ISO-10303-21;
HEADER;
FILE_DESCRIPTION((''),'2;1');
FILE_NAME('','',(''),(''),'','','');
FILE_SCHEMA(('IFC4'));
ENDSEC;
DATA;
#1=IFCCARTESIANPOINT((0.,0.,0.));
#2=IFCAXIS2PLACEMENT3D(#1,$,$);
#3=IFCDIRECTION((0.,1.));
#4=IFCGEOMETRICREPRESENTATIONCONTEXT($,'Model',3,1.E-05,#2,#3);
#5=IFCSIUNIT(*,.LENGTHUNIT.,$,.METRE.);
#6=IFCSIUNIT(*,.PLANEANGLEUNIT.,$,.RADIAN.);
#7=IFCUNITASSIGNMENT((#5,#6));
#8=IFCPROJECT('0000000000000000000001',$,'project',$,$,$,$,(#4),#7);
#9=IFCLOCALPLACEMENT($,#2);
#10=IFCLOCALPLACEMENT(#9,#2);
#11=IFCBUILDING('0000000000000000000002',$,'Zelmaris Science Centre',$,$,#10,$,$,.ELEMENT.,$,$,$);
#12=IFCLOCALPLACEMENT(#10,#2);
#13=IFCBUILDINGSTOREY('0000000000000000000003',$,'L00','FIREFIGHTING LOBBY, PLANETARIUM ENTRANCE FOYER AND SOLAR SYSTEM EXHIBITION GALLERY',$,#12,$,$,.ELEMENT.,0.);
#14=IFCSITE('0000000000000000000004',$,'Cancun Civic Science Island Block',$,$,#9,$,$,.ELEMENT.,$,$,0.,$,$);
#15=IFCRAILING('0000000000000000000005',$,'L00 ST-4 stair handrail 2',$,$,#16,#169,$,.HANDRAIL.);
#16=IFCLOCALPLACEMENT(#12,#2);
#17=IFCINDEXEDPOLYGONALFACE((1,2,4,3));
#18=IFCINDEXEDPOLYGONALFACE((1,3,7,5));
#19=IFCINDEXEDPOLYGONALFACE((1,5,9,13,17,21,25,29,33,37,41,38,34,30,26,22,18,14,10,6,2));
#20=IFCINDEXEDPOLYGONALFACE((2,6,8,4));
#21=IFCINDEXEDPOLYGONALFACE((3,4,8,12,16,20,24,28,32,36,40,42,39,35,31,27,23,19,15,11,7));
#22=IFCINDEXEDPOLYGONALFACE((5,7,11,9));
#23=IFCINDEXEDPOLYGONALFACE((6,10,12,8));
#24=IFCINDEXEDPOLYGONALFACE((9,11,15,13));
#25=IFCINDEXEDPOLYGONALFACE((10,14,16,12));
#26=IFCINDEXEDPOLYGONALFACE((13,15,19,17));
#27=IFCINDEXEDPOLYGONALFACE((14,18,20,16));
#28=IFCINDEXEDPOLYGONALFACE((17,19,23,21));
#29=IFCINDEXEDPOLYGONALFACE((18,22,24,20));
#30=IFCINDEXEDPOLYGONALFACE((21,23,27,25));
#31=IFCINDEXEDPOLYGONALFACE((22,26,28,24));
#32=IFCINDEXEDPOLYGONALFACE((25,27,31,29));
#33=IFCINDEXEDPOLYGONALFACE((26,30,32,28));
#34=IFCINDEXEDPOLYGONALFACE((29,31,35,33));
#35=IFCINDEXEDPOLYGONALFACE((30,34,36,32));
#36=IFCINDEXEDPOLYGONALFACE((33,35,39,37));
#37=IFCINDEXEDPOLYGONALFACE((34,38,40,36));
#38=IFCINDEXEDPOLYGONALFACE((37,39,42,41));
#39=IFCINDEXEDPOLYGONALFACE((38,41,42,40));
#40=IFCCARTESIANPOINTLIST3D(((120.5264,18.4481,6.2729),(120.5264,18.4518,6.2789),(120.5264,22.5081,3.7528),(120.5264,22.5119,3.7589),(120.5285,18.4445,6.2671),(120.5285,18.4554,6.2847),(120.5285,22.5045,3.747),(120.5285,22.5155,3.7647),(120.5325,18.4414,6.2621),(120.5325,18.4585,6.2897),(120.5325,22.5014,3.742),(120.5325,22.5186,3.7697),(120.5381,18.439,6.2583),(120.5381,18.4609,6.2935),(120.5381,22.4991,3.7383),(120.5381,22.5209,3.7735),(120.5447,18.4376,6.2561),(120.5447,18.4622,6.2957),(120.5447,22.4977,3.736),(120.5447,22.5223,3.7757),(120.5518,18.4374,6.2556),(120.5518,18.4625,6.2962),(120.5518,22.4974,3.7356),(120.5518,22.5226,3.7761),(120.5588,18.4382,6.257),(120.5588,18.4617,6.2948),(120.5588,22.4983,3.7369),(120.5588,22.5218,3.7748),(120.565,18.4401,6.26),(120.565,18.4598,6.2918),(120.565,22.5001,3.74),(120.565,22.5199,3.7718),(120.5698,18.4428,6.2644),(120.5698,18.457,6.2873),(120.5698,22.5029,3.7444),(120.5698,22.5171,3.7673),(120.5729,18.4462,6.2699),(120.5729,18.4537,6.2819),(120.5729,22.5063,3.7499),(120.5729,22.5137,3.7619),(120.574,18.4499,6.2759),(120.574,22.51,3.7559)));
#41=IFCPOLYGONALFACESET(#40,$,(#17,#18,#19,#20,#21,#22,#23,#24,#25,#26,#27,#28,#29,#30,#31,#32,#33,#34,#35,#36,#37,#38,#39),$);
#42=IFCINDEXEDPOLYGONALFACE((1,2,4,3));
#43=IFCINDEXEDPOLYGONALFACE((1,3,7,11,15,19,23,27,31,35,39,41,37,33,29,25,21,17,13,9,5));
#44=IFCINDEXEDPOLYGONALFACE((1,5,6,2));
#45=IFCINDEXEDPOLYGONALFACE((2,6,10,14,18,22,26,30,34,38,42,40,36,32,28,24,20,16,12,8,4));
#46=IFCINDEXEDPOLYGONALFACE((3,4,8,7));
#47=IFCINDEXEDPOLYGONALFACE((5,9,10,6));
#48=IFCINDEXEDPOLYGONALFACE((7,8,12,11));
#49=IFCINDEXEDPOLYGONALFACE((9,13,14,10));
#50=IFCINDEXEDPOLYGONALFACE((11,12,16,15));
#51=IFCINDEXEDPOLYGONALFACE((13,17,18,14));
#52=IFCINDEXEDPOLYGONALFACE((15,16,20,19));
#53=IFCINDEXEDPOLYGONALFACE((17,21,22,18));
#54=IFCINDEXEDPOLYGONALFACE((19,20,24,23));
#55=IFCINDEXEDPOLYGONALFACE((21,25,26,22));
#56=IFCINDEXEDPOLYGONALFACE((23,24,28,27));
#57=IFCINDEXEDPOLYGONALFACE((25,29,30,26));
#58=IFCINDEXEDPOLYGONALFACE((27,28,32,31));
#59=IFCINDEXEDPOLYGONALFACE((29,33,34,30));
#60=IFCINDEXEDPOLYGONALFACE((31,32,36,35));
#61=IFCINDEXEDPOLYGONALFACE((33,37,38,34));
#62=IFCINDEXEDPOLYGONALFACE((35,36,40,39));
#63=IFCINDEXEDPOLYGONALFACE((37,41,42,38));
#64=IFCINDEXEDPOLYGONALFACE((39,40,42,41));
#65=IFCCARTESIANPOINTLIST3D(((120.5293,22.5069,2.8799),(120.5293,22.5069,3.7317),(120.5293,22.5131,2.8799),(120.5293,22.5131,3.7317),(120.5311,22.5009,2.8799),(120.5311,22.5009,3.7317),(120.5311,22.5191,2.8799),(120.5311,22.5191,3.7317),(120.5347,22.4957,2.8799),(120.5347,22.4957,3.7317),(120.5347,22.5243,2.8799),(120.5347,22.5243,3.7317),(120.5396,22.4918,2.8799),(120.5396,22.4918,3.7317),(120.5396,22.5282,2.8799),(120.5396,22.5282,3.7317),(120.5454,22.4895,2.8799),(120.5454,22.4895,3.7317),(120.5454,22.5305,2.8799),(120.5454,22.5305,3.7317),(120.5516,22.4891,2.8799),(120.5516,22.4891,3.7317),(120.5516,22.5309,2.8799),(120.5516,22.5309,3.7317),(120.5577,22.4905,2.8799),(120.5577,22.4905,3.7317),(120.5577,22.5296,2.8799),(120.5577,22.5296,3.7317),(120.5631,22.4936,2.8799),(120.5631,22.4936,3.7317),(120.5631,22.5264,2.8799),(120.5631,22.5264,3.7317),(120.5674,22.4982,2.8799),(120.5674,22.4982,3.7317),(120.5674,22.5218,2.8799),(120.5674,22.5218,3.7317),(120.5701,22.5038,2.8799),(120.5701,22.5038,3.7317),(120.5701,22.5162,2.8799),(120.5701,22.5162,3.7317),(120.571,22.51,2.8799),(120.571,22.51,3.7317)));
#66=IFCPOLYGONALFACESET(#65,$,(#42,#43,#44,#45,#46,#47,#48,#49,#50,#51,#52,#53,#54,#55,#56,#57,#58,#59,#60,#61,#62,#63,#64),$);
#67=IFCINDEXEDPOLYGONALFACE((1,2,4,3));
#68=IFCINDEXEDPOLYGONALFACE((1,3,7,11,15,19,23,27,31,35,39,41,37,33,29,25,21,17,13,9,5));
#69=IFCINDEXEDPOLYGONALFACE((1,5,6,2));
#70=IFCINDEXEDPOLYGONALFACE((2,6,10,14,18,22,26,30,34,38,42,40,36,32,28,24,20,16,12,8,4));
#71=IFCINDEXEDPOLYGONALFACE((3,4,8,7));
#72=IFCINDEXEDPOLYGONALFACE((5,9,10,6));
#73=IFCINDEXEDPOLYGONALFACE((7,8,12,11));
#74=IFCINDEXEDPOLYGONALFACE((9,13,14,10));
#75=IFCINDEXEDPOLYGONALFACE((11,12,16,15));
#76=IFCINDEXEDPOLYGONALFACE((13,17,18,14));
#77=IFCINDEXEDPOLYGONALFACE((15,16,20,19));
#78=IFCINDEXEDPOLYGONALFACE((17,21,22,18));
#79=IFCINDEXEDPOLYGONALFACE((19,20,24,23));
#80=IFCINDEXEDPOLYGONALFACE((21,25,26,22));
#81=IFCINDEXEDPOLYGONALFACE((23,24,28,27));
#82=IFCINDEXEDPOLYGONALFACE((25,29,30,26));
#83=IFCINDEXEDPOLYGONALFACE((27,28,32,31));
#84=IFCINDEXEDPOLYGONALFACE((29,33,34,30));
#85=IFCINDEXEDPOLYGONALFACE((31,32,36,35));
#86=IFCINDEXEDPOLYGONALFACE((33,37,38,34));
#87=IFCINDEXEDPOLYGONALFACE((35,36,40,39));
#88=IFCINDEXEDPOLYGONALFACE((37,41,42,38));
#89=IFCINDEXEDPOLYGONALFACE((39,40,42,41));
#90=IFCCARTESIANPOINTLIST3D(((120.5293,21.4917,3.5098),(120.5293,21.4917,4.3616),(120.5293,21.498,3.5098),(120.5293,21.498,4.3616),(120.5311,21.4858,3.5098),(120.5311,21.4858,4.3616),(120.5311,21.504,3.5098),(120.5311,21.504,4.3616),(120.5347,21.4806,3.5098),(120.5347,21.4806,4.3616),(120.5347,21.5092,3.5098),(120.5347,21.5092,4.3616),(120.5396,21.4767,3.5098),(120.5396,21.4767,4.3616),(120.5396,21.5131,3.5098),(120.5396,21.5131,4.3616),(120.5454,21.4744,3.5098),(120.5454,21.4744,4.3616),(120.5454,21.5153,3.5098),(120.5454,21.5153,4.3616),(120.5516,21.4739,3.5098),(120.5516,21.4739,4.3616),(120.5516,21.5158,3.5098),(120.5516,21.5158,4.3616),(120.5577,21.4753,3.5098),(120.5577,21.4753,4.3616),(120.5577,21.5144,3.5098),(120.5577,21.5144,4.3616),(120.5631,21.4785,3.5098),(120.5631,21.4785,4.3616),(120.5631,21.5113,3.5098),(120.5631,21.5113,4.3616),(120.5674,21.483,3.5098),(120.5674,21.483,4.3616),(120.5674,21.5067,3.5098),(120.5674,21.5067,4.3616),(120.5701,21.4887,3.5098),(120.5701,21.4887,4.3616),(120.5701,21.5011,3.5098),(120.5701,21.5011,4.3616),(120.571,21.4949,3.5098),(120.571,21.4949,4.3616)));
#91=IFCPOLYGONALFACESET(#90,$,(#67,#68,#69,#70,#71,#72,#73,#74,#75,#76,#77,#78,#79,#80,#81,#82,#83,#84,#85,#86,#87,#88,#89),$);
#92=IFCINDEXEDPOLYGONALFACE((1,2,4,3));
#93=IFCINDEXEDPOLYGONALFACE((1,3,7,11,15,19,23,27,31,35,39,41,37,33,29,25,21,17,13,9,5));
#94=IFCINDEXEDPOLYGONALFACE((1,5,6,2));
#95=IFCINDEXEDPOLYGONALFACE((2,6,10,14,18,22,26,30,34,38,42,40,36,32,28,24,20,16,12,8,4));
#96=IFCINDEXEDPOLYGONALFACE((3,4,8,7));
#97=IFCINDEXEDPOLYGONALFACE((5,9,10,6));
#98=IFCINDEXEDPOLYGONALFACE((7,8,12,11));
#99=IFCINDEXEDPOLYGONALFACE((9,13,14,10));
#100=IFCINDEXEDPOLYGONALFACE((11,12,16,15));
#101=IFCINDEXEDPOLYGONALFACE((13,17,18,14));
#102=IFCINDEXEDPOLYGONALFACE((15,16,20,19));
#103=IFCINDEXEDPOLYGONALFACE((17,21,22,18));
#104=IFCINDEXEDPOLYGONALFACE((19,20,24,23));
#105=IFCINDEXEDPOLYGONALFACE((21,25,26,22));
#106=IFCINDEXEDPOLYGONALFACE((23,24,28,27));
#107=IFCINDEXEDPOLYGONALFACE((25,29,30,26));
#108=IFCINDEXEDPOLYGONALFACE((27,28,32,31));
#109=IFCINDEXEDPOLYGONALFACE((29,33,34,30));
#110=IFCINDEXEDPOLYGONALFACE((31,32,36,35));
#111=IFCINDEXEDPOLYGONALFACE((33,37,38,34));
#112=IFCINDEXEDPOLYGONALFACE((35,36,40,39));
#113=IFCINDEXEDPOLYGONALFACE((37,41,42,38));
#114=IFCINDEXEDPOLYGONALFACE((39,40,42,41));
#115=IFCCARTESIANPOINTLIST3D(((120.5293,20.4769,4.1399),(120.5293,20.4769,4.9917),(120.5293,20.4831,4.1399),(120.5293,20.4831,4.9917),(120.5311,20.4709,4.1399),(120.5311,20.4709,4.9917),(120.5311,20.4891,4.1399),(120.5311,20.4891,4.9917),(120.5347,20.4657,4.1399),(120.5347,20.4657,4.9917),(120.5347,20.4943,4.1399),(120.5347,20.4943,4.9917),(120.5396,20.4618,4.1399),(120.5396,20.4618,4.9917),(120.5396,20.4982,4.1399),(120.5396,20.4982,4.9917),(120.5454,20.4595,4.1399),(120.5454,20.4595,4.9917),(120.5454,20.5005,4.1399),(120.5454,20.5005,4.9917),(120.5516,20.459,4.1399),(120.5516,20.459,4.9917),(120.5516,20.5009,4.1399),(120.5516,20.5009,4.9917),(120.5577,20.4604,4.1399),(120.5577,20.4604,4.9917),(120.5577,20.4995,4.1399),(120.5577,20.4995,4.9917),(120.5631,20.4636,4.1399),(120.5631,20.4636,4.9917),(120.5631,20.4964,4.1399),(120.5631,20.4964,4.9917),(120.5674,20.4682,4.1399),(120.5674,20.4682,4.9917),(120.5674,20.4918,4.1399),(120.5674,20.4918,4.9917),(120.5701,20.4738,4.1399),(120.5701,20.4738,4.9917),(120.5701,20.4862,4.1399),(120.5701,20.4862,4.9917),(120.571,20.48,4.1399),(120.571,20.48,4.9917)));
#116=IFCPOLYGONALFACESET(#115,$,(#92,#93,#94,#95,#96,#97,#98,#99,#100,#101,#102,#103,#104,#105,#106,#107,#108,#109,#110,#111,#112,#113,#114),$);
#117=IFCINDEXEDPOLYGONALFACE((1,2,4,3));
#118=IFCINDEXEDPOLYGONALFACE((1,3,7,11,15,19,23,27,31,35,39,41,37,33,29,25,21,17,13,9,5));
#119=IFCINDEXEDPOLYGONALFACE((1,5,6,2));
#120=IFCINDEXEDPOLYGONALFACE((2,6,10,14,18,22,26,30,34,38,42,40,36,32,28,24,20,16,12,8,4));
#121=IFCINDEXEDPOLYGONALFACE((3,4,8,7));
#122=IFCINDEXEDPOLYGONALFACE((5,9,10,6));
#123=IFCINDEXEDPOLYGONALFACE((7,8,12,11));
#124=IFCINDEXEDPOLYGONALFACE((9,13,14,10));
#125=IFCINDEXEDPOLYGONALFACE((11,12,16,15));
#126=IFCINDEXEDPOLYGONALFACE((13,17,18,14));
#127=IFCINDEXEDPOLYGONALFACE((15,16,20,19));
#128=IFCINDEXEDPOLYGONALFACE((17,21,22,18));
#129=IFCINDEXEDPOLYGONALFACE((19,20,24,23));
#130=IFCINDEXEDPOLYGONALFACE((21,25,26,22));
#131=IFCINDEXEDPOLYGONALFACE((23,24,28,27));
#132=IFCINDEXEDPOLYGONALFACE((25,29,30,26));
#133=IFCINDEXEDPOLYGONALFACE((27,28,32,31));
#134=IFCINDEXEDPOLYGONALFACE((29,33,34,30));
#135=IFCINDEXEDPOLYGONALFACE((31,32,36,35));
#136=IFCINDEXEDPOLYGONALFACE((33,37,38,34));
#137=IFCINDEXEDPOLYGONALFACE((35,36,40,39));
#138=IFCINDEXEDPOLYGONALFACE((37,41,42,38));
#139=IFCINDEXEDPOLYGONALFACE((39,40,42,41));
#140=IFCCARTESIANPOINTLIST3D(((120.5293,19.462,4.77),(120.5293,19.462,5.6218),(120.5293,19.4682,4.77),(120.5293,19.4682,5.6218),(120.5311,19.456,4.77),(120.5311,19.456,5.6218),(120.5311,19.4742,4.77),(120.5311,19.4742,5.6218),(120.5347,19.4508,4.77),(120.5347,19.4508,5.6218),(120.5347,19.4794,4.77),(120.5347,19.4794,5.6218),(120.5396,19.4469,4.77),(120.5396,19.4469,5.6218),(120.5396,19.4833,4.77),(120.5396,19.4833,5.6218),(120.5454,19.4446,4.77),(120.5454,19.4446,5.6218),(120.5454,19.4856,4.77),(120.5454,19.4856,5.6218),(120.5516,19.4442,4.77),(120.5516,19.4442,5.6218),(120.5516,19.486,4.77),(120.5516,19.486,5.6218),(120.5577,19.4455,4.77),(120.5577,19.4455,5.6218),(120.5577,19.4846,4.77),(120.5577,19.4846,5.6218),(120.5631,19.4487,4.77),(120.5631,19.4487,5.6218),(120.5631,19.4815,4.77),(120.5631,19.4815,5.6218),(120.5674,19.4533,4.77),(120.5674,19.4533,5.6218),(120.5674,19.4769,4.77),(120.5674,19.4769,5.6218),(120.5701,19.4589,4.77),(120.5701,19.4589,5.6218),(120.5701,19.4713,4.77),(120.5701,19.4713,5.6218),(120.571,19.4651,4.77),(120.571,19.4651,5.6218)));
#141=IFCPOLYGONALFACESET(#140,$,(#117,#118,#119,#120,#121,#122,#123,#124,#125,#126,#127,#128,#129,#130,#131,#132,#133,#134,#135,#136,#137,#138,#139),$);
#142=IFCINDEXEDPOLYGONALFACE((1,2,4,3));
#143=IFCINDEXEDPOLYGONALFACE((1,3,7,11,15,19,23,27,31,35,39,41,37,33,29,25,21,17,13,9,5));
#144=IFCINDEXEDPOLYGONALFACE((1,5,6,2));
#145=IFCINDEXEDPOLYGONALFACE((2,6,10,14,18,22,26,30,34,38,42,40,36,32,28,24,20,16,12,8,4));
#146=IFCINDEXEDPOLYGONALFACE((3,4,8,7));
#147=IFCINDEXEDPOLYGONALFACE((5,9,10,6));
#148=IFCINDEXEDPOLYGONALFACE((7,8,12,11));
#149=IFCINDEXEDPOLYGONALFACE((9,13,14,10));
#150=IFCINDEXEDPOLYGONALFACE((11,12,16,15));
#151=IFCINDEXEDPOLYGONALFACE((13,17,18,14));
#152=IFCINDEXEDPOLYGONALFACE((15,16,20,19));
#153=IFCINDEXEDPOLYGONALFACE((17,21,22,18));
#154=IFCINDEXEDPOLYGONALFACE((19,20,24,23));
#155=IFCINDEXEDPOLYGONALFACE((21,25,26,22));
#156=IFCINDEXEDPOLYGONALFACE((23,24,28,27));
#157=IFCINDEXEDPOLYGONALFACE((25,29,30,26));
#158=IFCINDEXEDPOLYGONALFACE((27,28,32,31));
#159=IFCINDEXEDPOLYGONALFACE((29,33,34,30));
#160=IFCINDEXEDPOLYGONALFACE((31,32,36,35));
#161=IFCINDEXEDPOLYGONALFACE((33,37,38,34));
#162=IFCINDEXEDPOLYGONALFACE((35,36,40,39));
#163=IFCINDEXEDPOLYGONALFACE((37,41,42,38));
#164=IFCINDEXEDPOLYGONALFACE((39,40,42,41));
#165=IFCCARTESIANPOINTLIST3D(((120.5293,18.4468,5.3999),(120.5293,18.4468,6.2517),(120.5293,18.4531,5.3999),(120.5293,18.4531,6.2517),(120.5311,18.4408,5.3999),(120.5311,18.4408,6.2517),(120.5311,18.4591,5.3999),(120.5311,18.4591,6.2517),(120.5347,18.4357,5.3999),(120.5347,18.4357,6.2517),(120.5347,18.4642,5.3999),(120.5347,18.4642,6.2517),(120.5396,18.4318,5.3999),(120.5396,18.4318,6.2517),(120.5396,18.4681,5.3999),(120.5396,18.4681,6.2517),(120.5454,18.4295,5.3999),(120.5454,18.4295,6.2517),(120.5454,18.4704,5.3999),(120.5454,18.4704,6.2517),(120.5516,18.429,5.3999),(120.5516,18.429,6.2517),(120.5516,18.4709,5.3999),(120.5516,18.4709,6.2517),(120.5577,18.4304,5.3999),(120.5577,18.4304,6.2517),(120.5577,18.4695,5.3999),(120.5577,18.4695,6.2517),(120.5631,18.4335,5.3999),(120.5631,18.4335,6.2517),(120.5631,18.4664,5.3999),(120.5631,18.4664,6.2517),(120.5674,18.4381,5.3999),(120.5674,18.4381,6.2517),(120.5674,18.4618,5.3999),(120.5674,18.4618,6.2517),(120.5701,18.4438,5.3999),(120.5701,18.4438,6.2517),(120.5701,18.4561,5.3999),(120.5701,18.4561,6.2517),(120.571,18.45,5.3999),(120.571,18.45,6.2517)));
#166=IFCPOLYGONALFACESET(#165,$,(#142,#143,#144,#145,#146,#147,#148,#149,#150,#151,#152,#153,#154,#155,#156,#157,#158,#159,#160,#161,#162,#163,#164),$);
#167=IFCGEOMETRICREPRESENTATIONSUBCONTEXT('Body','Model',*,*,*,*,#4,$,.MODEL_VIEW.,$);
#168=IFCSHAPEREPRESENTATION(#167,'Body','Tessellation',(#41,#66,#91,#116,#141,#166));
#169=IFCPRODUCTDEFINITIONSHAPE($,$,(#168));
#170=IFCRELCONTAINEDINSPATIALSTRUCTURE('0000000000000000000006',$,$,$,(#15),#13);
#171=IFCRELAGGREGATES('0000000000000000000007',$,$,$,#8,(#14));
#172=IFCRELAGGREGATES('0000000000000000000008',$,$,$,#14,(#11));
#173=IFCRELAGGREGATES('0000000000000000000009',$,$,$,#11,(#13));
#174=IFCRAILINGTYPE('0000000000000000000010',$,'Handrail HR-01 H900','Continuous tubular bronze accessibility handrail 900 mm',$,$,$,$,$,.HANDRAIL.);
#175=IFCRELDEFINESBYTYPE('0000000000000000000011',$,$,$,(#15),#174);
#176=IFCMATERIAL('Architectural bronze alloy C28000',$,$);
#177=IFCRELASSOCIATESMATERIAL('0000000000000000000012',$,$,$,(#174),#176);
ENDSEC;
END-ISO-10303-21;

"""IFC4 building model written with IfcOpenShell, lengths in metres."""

from ifc_helpers import new_model, si_unit, direction, frame, origin, origin_2d, place, context, subcontext, project, spatial, circle, extrude, material, type_object, element, save


model = new_model("IFC4")

# Units and contexts
model_context = context("Model", 3, precision=1e-05, world=origin(), true_north=direction((0.0, 1.0)))
body_context = subcontext(model_context, "Body", "Model", "MODEL_VIEW")
ifc_project = project(units=[si_unit("LENGTHUNIT", "METRE"), si_unit("PLANEANGLEUNIT", "RADIAN")], contexts=[model_context])

# Site, building, storey
site_placement = place(None, origin())
site = spatial("IfcSite", under=ifc_project, at=site_placement, Name="Cancun Civic Science Island Block", CompositionType="ELEMENT", RefElevation=0.0)
building_placement = place(site_placement, origin())
building = spatial("IfcBuilding", under=site, at=building_placement, Name="Zelmaris Science Centre", CompositionType="ELEMENT")
storey_placement = place(building_placement, origin())
storey = spatial("IfcBuildingStorey", under=building, at=storey_placement, Name="L00", Description="FIREFIGHTING LOBBY, PLANETARIUM ENTRANCE FOYER AND SOLAR SYSTEM EXHIBITION GALLERY", CompositionType="ELEMENT", Elevation=0.0)

# Shared definitions
ifc_material_1 = material(Name="Architectural bronze alloy C28000")

# Railing
railing_type_1 = type_object("IfcRailingType", Name="Handrail HR-01 H900", Description="Continuous tubular bronze accessibility handrail 900 mm", PredefinedType="HANDRAIL", material=ifc_material_1)
railing_1_placement = place(storey_placement, frame((120.55, 22.51, 2.8799)))
element("IfcRailing", 1, at=railing_1_placement, inside=storey, type_object=railing_type_1, Name="L00 ST-4 stair handrail 2", PredefinedType="HANDRAIL", context=body_context, shape_type="SweptSolid", body=[
    extrude(circle(Radius=0.0239, at=origin_2d()), frame((0.0, 0.0, 0.876), z_axis=(0.0, -0.849642, 0.52736), x_axis=(1.0, 0.0, 0.0)), (0.0, 0.0, 1.0), 4.7786),
    extrude(circle(Radius=0.021, at=origin_2d()), origin(), (0.0, 0.0, 1.0), 0.8518),
    extrude(circle(Radius=0.021, at=origin_2d()), frame((0.0, -1.0151, 0.6299)), (0.0, 0.0, 1.0), 0.8518),
    extrude(circle(Radius=0.021, at=origin_2d()), frame((0.0, -2.03, 1.26)), (0.0, 0.0, 1.0), 0.8518),
    extrude(circle(Radius=0.021, at=origin_2d()), frame((0.0, -3.0449, 1.8901)), (0.0, 0.0, 1.0), 0.8518),
    extrude(circle(Radius=0.021, at=origin_2d()), frame((0.0, -4.0601, 2.52)), (0.0, 0.0, 1.0), 0.8518),
])

save(model, "model.ifc")
